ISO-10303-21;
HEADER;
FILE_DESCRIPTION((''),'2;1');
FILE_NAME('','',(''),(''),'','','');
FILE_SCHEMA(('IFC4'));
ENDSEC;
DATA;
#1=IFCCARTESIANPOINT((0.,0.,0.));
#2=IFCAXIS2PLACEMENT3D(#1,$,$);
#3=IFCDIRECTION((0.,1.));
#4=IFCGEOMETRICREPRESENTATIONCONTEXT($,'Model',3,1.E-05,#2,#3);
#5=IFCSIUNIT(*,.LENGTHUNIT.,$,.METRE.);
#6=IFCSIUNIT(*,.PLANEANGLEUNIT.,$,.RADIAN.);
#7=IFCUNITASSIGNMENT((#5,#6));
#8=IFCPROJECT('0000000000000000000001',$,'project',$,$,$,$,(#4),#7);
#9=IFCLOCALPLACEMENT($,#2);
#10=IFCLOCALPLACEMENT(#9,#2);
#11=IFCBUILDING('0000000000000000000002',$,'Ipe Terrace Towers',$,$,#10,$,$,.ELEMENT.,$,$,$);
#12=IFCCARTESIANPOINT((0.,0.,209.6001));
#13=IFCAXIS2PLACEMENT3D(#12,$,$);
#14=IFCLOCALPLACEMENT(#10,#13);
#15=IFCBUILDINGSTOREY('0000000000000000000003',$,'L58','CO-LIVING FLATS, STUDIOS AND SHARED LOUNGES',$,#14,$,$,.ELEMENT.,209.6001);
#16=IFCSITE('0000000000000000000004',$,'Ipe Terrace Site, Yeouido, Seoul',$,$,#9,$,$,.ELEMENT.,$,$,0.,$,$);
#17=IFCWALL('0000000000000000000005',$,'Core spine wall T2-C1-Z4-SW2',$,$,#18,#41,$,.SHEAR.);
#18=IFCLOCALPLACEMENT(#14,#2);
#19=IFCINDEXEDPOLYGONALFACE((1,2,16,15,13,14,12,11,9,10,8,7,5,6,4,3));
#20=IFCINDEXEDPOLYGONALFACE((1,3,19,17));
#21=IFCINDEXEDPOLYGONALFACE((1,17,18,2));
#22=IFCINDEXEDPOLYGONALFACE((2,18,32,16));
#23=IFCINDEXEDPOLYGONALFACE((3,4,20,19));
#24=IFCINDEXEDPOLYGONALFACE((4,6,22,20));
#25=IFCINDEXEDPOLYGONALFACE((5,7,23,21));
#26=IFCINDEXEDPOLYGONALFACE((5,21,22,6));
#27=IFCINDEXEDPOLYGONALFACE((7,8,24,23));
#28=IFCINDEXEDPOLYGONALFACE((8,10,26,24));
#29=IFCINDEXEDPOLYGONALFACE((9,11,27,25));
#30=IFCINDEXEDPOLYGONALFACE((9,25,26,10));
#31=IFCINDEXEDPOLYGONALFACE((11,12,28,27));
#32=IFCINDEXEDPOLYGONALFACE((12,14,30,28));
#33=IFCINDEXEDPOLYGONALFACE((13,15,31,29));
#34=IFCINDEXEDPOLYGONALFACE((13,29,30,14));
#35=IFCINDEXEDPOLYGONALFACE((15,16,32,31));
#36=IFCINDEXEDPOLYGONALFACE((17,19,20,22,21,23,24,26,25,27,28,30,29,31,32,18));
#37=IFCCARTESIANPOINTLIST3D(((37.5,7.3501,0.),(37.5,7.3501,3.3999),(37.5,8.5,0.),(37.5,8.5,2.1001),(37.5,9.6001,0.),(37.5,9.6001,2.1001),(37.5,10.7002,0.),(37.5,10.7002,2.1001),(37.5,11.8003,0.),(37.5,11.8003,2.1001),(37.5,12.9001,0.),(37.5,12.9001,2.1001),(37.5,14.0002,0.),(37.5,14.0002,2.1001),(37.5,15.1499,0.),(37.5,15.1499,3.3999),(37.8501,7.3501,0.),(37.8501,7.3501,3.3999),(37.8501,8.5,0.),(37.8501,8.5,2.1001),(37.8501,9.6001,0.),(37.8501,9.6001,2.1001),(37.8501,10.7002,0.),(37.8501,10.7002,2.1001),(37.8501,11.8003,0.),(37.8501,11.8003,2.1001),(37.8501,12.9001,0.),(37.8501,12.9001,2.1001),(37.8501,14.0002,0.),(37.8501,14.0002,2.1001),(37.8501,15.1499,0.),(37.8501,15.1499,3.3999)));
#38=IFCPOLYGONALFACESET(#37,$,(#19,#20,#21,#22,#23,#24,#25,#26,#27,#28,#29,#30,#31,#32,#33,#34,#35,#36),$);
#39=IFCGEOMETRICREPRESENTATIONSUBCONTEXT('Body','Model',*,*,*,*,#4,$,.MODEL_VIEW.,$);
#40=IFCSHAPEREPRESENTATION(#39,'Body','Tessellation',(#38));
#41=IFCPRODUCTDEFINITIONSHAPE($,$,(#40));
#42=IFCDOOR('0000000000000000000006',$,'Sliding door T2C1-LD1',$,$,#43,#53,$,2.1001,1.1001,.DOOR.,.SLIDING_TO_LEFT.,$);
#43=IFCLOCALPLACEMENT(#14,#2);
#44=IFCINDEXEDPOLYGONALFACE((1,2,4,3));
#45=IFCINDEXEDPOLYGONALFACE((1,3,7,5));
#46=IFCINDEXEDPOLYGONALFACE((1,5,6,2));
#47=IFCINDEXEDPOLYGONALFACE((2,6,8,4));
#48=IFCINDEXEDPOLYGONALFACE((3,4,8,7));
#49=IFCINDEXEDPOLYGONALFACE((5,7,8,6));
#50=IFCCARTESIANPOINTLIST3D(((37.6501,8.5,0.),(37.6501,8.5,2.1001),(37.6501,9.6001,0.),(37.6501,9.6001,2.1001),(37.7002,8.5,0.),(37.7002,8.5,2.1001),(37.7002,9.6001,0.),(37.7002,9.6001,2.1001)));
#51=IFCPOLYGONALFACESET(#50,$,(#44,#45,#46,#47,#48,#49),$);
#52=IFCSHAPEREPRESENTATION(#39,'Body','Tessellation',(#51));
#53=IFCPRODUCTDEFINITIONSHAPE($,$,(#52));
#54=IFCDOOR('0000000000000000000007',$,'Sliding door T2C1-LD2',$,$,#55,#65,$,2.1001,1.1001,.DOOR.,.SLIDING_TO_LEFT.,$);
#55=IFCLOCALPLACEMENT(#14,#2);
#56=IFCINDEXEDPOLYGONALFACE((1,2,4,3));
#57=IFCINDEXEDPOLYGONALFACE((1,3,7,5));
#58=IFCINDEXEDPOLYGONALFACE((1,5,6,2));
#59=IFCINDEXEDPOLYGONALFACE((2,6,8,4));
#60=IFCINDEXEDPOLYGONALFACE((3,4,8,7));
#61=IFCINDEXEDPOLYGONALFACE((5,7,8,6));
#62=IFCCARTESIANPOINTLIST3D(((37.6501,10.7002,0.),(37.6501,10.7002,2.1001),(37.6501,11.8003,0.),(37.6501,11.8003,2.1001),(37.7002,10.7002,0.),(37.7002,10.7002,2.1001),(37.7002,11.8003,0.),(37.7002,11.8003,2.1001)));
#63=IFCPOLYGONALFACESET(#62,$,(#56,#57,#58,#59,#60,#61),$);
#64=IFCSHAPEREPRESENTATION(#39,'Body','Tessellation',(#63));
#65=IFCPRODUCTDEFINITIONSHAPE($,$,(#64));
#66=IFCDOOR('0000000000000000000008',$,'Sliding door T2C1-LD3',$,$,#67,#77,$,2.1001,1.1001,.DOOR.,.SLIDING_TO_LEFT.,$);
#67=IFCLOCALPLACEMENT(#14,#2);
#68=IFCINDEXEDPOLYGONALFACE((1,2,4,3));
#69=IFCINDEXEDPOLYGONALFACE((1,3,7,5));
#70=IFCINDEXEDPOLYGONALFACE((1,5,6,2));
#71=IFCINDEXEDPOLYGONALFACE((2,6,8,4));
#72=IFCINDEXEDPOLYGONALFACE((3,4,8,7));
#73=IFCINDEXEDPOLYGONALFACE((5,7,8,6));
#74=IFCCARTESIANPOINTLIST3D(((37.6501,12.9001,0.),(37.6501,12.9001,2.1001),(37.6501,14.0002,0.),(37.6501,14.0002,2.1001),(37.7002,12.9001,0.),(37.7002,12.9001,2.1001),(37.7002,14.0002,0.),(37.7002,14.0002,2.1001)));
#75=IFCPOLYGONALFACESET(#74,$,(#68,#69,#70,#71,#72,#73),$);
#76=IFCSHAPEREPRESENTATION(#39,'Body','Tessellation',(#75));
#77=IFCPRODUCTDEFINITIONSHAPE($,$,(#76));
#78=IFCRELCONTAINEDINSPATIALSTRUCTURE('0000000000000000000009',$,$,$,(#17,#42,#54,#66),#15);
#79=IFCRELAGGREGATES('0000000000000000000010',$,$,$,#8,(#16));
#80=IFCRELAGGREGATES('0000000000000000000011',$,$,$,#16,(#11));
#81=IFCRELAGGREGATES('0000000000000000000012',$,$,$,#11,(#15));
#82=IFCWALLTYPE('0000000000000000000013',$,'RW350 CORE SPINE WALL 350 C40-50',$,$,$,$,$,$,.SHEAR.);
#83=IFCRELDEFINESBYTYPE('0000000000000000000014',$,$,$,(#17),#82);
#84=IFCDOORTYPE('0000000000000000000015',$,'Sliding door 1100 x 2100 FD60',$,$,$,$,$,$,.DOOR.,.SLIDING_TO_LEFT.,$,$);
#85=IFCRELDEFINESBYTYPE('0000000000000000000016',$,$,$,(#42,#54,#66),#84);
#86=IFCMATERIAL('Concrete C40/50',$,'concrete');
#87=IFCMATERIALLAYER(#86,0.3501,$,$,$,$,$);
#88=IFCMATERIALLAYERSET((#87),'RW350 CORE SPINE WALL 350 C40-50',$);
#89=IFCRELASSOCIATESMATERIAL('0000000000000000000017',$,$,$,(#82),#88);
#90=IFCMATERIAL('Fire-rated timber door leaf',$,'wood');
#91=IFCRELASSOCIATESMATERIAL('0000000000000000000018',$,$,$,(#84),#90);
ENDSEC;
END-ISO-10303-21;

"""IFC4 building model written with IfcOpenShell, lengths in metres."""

from ifc_helpers import new_model, si_unit, direction, frame, frame_2d, origin, place, context, subcontext, project, spatial, rectangle, extrude, material, layer, layer_set, type_object, element, fill, save


model = new_model("IFC4")

# Units and contexts
model_context = context("Model", 3, precision=1e-05, world=origin(), true_north=direction((0.0, 1.0)))
body_context = subcontext(model_context, "Body", "Model", "MODEL_VIEW")
ifc_project = project(units=[si_unit("LENGTHUNIT", "METRE"), si_unit("PLANEANGLEUNIT", "RADIAN")], contexts=[model_context])

# Site, building, storey
site_placement = place(None, origin())
site = spatial("IfcSite", under=ifc_project, at=site_placement, Name="Ipe Terrace Site, Yeouido, Seoul", CompositionType="ELEMENT", RefElevation=0.0)
building_placement = place(site_placement, origin())
building = spatial("IfcBuilding", under=site, at=building_placement, Name="Ipe Terrace Towers", CompositionType="ELEMENT")
storey_placement = place(building_placement, frame((0.0, 0.0, 209.6001)))
storey = spatial("IfcBuildingStorey", under=building, at=storey_placement, Name="L58", Description="CO-LIVING FLATS, STUDIOS AND SHARED LOUNGES", CompositionType="ELEMENT", Elevation=209.6001)

# Shared definitions
ifc_material_1 = material(Name="Concrete C40/50", Category="concrete")
ifc_layer_1 = layer(ifc_material_1, 0.3501)
ifc_layer_set_1 = layer_set([ifc_layer_1], Name="RW350 CORE SPINE WALL 350 C40-50")
wall_type_1 = type_object("IfcWallType", Name="RW350 CORE SPINE WALL 350 C40-50", PredefinedType="SHEAR", material=ifc_layer_set_1)

# Wall, openings, doors
wall_1_placement = place(storey_placement, frame((37.675, 7.3501, 0.0), z_axis=(0.0, 0.0, 1.0), x_axis=(0.0, 1.0, 0.0)))
wall_1 = element("IfcWall", 1, at=wall_1_placement, inside=storey, type_object=wall_type_1, Name="Core spine wall T2-C1-Z4-SW2", PredefinedType="SHEAR", context=body_context, shape_type="SweptSolid", body=[
    extrude(rectangle(XDim=7.7998, YDim=0.3501, at=frame_2d((3.8999, 0.0))), origin(), (0.0, 0.0, 1.0), 3.3999),
])
opening_1_placement = place(wall_1_placement, frame((1.1499, 0.0, 0.0)))
opening_1 = element("IfcOpeningElement", 2, at=opening_1_placement, cuts=wall_1, PredefinedType="OPENING", context=body_context, shape_type="SweptSolid", body=[
    extrude(rectangle(XDim=1.1001, YDim=2.1001, at=frame_2d((0.55, 1.05))), frame((0.0, 0.1851, 0.0), z_axis=(0.0, -1.0, 0.0), x_axis=(1.0, 0.0, 0.0)), (0.0, 0.0, 1.0), 0.3701),
])
opening_2_placement = place(wall_1_placement, frame((3.3501, 0.0, 0.0)))
opening_2 = element("IfcOpeningElement", 3, at=opening_2_placement, cuts=wall_1, PredefinedType="OPENING", context=body_context, shape_type="SweptSolid", body=[
    extrude(rectangle(XDim=1.1001, YDim=2.1001, at=frame_2d((0.55, 1.05))), frame((0.0, 0.1851, 0.0), z_axis=(0.0, -1.0, 0.0), x_axis=(1.0, 0.0, 0.0)), (0.0, 0.0, 1.0), 0.3701),
])
opening_3_placement = place(wall_1_placement, frame((5.55, 0.0, 0.0)))
opening_3 = element("IfcOpeningElement", 4, at=opening_3_placement, cuts=wall_1, PredefinedType="OPENING", context=body_context, shape_type="SweptSolid", body=[
    extrude(rectangle(XDim=1.1001, YDim=2.1001, at=frame_2d((0.55, 1.05))), frame((0.0, 0.1851, 0.0), z_axis=(0.0, -1.0, 0.0), x_axis=(1.0, 0.0, 0.0)), (0.0, 0.0, 1.0), 0.3701),
])
ifc_material_2 = material(Name="Fire-rated timber door leaf", Category="wood")
door_type_1 = type_object("IfcDoorType", Name="Sliding door 1100 x 2100 FD60", OperationType="SLIDING_TO_LEFT", PredefinedType="DOOR", material=ifc_material_2)
door_1_placement = place(opening_1_placement, origin())
door_1 = element("IfcDoor", 5, at=door_1_placement, inside=storey, type_object=door_type_1, Name="Sliding door T2C1-LD1", OperationType="SLIDING_TO_LEFT", OverallHeight=2.1001, OverallWidth=1.1001, PredefinedType="DOOR", context=body_context, shape_type="SweptSolid", body=[
    extrude(rectangle(XDim=1.1001, YDim=2.1001, at=frame_2d((0.55, 1.05))), frame((0.0, 0.0249, 0.0), z_axis=(0.0, -1.0, 0.0), x_axis=(1.0, 0.0, 0.0)), (0.0, 0.0, 1.0), 0.05),
])
fill(opening_1, door_1)
door_2_placement = place(opening_2_placement, origin())
door_2 = element("IfcDoor", 6, at=door_2_placement, inside=storey, type_object=door_type_1, Name="Sliding door T2C1-LD2", OperationType="SLIDING_TO_LEFT", OverallHeight=2.1001, OverallWidth=1.1001, PredefinedType="DOOR", context=body_context, shape_type="SweptSolid", body=[
    extrude(rectangle(XDim=1.1001, YDim=2.1001, at=frame_2d((0.55, 1.05))), frame((0.0, 0.0249, 0.0), z_axis=(0.0, -1.0, 0.0), x_axis=(1.0, 0.0, 0.0)), (0.0, 0.0, 1.0), 0.05),
])
fill(opening_2, door_2)
door_3_placement = place(opening_3_placement, origin())
door_3 = element("IfcDoor", 7, at=door_3_placement, inside=storey, type_object=door_type_1, Name="Sliding door T2C1-LD3", OperationType="SLIDING_TO_LEFT", OverallHeight=2.1001, OverallWidth=1.1001, PredefinedType="DOOR", context=body_context, shape_type="SweptSolid", body=[
    extrude(rectangle(XDim=1.1001, YDim=2.1001, at=frame_2d((0.55, 1.05))), frame((0.0, 0.0249, 0.0), z_axis=(0.0, -1.0, 0.0), x_axis=(1.0, 0.0, 0.0)), (0.0, 0.0, 1.0), 0.05),
])
fill(opening_3, door_3)

save(model, "model.ifc")
